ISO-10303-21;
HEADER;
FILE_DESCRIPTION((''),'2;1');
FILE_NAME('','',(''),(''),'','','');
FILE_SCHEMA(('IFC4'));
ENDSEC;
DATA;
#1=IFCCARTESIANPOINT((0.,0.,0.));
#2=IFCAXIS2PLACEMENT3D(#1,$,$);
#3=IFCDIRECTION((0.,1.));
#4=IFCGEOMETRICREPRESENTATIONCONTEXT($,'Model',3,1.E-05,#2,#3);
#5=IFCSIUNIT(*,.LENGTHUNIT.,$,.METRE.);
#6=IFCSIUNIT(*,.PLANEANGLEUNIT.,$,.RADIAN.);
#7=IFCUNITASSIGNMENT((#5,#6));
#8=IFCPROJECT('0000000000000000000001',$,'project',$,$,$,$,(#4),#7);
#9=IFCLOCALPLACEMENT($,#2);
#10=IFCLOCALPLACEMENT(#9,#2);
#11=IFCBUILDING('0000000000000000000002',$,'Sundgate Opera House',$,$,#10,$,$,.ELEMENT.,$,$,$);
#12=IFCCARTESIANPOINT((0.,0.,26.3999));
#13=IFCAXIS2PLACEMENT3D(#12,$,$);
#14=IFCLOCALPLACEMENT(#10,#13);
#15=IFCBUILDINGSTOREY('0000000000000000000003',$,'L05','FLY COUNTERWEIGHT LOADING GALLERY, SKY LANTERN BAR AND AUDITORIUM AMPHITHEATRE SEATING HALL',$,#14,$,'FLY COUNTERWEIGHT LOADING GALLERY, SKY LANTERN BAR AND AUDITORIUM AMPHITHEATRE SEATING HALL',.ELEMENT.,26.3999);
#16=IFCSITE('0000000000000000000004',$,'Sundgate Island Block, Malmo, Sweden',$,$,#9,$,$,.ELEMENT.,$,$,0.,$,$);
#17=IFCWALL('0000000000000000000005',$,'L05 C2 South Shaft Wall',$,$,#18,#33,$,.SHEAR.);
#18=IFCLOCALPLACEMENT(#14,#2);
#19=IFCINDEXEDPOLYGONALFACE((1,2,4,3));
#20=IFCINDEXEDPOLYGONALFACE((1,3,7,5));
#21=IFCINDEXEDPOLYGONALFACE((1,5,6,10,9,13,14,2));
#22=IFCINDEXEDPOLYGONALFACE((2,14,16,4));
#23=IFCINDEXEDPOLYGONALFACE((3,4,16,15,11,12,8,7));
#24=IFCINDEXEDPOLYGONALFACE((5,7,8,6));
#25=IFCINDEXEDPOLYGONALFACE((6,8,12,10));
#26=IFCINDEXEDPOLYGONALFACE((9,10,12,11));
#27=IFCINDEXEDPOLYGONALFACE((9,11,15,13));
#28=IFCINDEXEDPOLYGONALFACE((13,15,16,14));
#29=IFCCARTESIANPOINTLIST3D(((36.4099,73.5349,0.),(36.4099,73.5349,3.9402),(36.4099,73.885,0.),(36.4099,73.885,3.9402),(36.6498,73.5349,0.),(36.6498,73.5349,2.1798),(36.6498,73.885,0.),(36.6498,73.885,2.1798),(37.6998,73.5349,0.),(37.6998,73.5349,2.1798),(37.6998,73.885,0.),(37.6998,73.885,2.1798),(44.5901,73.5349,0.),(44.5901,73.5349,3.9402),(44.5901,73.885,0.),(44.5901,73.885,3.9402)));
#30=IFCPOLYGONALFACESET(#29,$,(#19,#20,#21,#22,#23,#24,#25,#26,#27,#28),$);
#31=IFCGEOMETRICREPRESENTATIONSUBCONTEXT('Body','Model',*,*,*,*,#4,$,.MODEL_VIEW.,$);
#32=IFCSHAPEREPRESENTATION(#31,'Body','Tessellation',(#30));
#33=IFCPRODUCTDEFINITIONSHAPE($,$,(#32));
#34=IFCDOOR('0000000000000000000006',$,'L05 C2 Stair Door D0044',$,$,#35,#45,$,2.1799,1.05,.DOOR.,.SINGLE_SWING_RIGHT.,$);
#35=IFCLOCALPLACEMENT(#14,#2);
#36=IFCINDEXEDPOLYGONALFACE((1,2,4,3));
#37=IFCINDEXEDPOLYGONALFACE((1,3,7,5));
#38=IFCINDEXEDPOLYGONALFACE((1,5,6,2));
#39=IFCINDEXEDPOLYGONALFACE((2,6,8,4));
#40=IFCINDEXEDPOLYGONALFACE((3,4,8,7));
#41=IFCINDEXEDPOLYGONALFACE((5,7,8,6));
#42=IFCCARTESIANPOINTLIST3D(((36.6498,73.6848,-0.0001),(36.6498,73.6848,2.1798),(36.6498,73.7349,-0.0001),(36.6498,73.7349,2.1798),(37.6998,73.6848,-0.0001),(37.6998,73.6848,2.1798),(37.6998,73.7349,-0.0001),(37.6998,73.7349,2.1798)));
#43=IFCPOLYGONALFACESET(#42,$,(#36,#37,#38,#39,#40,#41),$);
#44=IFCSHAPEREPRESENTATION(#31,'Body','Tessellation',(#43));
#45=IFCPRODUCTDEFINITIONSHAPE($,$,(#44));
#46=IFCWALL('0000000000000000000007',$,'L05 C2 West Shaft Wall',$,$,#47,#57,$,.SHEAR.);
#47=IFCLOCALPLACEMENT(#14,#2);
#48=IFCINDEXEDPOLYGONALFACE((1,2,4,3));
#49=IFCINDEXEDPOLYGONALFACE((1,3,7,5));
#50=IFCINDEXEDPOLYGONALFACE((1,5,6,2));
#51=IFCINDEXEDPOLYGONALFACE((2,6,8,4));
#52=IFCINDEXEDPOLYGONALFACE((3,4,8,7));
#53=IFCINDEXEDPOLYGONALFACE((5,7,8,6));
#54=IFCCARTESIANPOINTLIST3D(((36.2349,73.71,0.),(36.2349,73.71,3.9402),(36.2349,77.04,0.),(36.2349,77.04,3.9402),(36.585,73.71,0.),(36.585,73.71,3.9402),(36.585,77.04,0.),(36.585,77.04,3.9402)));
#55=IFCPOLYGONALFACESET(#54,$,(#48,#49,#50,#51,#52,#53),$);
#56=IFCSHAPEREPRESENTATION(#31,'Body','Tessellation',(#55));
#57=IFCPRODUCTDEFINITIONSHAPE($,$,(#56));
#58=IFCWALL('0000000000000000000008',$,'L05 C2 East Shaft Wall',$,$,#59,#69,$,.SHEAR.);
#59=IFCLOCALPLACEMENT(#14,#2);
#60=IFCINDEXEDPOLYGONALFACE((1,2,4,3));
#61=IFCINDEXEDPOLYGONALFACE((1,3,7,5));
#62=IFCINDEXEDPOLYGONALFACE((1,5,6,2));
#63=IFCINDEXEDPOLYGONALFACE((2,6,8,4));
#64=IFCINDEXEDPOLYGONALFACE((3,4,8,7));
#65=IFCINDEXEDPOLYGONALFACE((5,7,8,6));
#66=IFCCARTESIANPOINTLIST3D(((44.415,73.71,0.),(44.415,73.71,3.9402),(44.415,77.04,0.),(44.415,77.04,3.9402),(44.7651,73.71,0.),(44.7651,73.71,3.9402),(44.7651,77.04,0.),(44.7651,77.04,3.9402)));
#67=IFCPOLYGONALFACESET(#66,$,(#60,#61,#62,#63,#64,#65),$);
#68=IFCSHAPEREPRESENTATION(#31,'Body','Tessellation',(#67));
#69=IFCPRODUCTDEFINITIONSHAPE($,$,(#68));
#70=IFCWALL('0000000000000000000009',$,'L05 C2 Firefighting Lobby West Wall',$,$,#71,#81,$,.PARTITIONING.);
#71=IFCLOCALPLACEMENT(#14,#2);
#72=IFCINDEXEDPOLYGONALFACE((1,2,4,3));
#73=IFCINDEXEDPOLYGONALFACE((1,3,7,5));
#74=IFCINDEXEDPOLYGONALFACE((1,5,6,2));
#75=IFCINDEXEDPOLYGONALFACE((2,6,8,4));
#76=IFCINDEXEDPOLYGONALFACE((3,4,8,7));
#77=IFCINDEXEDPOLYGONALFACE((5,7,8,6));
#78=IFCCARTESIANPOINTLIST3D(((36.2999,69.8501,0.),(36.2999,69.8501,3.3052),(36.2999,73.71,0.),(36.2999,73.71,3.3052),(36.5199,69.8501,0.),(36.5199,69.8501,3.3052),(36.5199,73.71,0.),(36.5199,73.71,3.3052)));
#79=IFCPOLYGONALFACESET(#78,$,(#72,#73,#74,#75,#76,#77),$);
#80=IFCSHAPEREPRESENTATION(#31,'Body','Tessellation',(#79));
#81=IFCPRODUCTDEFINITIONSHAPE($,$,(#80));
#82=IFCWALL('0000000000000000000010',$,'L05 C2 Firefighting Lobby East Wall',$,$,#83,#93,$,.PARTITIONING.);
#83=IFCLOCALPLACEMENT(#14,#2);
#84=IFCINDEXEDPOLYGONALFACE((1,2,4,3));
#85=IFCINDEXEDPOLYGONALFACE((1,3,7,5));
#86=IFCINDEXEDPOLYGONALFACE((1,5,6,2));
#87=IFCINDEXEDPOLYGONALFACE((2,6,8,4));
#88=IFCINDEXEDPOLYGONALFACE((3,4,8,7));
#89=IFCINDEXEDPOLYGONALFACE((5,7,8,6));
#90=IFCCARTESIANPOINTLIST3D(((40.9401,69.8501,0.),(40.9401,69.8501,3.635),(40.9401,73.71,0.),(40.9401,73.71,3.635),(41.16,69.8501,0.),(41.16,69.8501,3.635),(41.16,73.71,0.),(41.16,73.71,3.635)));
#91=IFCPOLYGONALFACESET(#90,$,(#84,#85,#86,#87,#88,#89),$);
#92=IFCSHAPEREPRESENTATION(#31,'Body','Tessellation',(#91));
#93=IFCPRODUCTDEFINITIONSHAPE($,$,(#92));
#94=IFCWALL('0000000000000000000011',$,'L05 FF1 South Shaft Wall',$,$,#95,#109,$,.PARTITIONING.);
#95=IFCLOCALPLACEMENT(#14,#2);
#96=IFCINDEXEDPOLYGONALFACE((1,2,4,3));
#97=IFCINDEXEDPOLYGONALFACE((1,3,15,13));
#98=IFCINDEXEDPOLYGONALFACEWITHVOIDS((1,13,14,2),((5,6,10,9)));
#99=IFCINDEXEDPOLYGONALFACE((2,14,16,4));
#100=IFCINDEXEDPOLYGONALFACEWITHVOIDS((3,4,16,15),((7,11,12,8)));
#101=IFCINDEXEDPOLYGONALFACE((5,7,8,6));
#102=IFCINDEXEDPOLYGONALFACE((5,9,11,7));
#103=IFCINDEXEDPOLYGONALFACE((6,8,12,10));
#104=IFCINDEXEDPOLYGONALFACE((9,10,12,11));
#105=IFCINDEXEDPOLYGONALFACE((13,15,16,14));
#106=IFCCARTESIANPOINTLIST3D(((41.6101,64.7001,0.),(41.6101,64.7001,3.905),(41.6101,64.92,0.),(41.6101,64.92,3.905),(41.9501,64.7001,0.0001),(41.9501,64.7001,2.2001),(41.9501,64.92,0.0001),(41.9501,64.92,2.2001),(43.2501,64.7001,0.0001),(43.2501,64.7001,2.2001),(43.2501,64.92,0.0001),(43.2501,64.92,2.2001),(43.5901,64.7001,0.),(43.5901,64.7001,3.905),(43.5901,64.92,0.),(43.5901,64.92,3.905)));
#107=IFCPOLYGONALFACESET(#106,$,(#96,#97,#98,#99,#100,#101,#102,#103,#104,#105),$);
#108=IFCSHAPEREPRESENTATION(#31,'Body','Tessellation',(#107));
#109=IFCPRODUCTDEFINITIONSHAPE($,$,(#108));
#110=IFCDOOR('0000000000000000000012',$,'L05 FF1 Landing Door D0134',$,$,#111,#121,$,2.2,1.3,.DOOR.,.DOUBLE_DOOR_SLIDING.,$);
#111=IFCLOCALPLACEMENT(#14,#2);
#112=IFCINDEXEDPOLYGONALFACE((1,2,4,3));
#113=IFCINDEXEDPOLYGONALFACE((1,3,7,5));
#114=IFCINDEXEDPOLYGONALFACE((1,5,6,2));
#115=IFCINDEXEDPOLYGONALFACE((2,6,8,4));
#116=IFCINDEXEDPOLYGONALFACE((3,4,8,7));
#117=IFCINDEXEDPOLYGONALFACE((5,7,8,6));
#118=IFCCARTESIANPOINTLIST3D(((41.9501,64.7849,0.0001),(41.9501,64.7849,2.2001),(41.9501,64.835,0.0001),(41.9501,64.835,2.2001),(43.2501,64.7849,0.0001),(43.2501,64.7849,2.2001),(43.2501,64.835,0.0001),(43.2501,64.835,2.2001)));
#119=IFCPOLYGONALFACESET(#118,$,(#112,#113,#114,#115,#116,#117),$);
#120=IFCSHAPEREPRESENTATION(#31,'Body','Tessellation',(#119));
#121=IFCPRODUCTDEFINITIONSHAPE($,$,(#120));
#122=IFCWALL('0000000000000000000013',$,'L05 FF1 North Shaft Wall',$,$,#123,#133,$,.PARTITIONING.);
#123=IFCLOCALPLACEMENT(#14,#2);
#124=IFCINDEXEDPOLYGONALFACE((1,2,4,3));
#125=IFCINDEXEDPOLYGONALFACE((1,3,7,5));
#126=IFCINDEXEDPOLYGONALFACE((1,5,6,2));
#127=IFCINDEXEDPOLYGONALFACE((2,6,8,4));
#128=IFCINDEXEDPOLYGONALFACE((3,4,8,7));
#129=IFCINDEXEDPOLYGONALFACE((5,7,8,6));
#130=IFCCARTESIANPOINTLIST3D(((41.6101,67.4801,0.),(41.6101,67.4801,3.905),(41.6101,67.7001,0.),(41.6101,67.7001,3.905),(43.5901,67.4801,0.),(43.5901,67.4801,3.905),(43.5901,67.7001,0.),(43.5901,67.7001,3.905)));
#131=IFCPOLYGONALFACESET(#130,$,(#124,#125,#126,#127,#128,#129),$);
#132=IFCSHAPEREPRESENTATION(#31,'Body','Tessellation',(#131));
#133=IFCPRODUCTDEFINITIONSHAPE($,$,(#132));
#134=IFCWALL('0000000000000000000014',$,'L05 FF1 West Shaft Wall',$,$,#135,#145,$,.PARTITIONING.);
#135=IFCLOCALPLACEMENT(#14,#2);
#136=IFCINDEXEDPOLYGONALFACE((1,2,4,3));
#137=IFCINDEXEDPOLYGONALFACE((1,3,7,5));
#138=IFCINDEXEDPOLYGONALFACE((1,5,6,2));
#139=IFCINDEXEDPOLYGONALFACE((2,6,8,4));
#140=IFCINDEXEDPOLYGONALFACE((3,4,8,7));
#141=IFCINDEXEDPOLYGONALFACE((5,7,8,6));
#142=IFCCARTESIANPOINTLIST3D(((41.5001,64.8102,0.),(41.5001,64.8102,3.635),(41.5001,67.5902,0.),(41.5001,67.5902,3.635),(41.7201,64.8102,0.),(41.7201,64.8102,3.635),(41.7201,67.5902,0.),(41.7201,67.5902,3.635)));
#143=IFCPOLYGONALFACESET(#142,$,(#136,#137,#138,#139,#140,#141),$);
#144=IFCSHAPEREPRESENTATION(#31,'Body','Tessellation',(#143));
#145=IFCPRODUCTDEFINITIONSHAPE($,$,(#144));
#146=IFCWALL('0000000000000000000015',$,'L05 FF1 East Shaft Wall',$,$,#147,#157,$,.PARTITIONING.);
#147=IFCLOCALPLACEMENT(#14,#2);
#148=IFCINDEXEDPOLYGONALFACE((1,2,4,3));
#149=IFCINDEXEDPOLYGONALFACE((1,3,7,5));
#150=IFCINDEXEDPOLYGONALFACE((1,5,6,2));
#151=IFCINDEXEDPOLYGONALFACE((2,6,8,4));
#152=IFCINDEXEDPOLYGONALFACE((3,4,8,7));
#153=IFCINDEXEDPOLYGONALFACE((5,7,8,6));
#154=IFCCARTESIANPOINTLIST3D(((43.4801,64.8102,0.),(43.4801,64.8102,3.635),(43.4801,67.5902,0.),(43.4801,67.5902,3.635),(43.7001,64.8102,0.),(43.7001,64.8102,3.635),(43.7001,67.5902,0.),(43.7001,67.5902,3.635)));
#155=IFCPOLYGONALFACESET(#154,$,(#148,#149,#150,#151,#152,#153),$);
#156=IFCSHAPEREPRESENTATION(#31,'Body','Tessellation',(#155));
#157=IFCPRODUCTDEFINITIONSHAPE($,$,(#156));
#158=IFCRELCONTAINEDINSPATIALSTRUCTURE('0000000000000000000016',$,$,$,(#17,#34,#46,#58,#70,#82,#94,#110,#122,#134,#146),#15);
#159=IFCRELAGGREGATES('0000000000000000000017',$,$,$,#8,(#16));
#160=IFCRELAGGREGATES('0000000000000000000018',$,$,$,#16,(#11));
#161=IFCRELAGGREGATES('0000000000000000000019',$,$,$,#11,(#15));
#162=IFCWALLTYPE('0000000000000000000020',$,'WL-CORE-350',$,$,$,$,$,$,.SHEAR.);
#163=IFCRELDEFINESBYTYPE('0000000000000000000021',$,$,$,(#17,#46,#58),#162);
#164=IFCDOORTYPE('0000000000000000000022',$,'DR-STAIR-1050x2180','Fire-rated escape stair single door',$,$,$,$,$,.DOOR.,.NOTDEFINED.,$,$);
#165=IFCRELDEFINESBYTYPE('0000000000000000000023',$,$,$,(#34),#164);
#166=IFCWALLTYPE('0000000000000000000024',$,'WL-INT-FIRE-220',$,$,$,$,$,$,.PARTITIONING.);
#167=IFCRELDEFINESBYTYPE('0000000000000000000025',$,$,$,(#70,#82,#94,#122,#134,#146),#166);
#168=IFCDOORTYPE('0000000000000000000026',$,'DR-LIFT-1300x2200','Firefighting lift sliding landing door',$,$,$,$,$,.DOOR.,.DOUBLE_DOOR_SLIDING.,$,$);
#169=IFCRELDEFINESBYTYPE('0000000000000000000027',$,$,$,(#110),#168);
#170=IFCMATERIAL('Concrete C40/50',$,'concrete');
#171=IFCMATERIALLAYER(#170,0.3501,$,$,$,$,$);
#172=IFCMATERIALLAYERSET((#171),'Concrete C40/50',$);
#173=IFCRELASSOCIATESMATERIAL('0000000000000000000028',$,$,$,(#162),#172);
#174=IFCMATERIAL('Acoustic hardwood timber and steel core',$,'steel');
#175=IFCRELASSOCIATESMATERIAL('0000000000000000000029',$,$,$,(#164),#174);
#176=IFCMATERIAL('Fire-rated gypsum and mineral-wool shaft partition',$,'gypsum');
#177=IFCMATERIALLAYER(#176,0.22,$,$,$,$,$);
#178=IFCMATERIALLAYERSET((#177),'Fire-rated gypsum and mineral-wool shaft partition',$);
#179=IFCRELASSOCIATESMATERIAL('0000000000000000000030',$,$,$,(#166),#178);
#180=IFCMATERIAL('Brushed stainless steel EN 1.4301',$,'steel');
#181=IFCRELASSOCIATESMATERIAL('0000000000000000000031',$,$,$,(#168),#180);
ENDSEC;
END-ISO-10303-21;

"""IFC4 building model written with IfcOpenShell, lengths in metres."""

from ifc_helpers import new_model, si_unit, direction, frame, frame_2d, origin, place, context, subcontext, project, spatial, rectangle, extrude, material, layer, layer_set, type_object, element, fill, save


model = new_model("IFC4")

# Units and contexts
model_context = context("Model", 3, precision=1e-05, world=origin(), true_north=direction((0.0, 1.0)))
body_context = subcontext(model_context, "Body", "Model", "MODEL_VIEW")
ifc_project = project(units=[si_unit("LENGTHUNIT", "METRE"), si_unit("PLANEANGLEUNIT", "RADIAN")], contexts=[model_context])

# Site, building, storey
site_placement = place(None, origin())
site = spatial("IfcSite", under=ifc_project, at=site_placement, Name="Sundgate Island Block, Malmo, Sweden", CompositionType="ELEMENT", RefElevation=0.0)
building_placement = place(site_placement, origin())
building = spatial("IfcBuilding", under=site, at=building_placement, Name="Sundgate Opera House", CompositionType="ELEMENT")
storey_placement = place(building_placement, frame((0.0, 0.0, 26.3999)))
storey = spatial("IfcBuildingStorey", under=building, at=storey_placement, Name="L05", Description="FLY COUNTERWEIGHT LOADING GALLERY, SKY LANTERN BAR AND AUDITORIUM AMPHITHEATRE SEATING HALL", LongName="FLY COUNTERWEIGHT LOADING GALLERY, SKY LANTERN BAR AND AUDITORIUM AMPHITHEATRE SEATING HALL", CompositionType="ELEMENT", Elevation=26.3999)

# Wall, opening, door
ifc_material_1 = material(Name="Concrete C40/50", Category="concrete")
ifc_layer_1 = layer(ifc_material_1, 0.3501)
ifc_layer_set_1 = layer_set([ifc_layer_1], Name="Concrete C40/50")
wall_type_1 = type_object("IfcWallType", Name="WL-CORE-350", PredefinedType="SHEAR", material=ifc_layer_set_1)
wall_1_placement = place(storey_placement, frame((36.4099, 73.71, 0.0), z_axis=(0.0, 0.0, 1.0), x_axis=(1.0, 0.0, 0.0)))
wall_1 = element("IfcWall", 1, at=wall_1_placement, inside=storey, type_object=wall_type_1, Name="L05 C2 South Shaft Wall", PredefinedType="SHEAR", context=body_context, shape_type="SweptSolid", body=[
    extrude(rectangle(XDim=8.1802, YDim=0.3501, at=frame_2d((4.0901, 0.0))), origin(), (0.0, 0.0, 1.0), 3.9402),
])
opening_1_placement = place(wall_1_placement, frame((0.24, 0.0, 0.0)))
opening_1 = element("IfcOpeningElement", 2, at=opening_1_placement, cuts=wall_1, PredefinedType="OPENING", context=body_context, shape_type="SweptSolid", body=[
    extrude(rectangle(XDim=1.05, YDim=2.1799, at=frame_2d((0.5249, 1.0898))), frame((0.0, 0.1851, 0.0), z_axis=(0.0, -1.0, 0.0), x_axis=(1.0, 0.0, 0.0)), (0.0, 0.0, 1.0), 0.3701),
])
ifc_material_2 = material(Name="Acoustic hardwood timber and steel core", Category="steel")
door_type_1 = type_object("IfcDoorType", Name="DR-STAIR-1050x2180", Description="Fire-rated escape stair single door", OperationType="NOTDEFINED", PredefinedType="DOOR", material=ifc_material_2)
door_1_placement = place(opening_1_placement, origin())
door_1 = element("IfcDoor", 3, at=door_1_placement, inside=storey, type_object=door_type_1, Name="L05 C2 Stair Door D0044", OperationType="SINGLE_SWING_RIGHT", OverallHeight=2.1799, OverallWidth=1.05, PredefinedType="DOOR", context=body_context, shape_type="SweptSolid", body=[
    extrude(rectangle(XDim=1.05, YDim=2.1799, at=frame_2d((0.5249, 1.0898))), frame((0.0, 0.0249, 0.0), z_axis=(0.0, -1.0, 0.0), x_axis=(1.0, 0.0, 0.0)), (0.0, 0.0, 1.0), 0.05),
])
fill(opening_1, door_1)

# Walls
for number, where, z_axis, x_axis, name in (
    (4, (36.4099, 73.71, 0.0), (0.0, 0.0, 1.0), (0.0, 1.0, 0.0), "L05 C2 West Shaft Wall"),
    (5, (44.5901, 73.71, 0.0), (0.0, 0.0, 1.0), (0.0, 1.0, 0.0), "L05 C2 East Shaft Wall"),
):
    element("IfcWall", number, at=place(storey_placement, frame(where, z_axis=z_axis, x_axis=x_axis)), inside=storey, type_object=wall_type_1, Name=name, PredefinedType="SHEAR", context=body_context, shape_type="SweptSolid", body=[
        extrude(rectangle(XDim=3.3301, YDim=0.3501, at=frame_2d((1.665, 0.0))), origin(), (0.0, 0.0, 1.0), 3.9402),
    ])
ifc_material_3 = material(Name="Fire-rated gypsum and mineral-wool shaft partition", Category="gypsum")
ifc_layer_2 = layer(ifc_material_3, 0.22)
ifc_layer_set_2 = layer_set([ifc_layer_2], Name="Fire-rated gypsum and mineral-wool shaft partition")
wall_type_2 = type_object("IfcWallType", Name="WL-INT-FIRE-220", PredefinedType="PARTITIONING", material=ifc_layer_set_2)
wall_2_placement = place(storey_placement, frame((36.4099, 69.8501, 0.0), z_axis=(0.0, 0.0, 1.0), x_axis=(0.0, 1.0, 0.0)))
element("IfcWall", 6, at=wall_2_placement, inside=storey, type_object=wall_type_2, Name="L05 C2 Firefighting Lobby West Wall", PredefinedType="PARTITIONING", context=body_context, shape_type="SweptSolid", body=[
    extrude(rectangle(XDim=3.8599, YDim=0.22, at=frame_2d((1.9299, 0.0))), origin(), (0.0, 0.0, 1.0), 3.3052),
])
wall_3_placement = place(storey_placement, frame((41.05, 69.8501, 0.0), z_axis=(0.0, 0.0, 1.0), x_axis=(0.0, 1.0, 0.0)))
element("IfcWall", 7, at=wall_3_placement, inside=storey, type_object=wall_type_2, Name="L05 C2 Firefighting Lobby East Wall", PredefinedType="PARTITIONING", context=body_context, shape_type="SweptSolid", body=[
    extrude(rectangle(XDim=3.8599, YDim=0.22, at=frame_2d((1.9299, 0.0))), origin(), (0.0, 0.0, 1.0), 3.635),
])

# Wall, opening, door
wall_4_placement = place(storey_placement, frame((41.6101, 64.8101, 0.0), z_axis=(0.0, 0.0, 1.0), x_axis=(1.0, 0.0, 0.0)))
wall_4 = element("IfcWall", 8, at=wall_4_placement, inside=storey, type_object=wall_type_2, Name="L05 FF1 South Shaft Wall", PredefinedType="PARTITIONING", context=body_context, shape_type="SweptSolid", body=[
    extrude(rectangle(XDim=1.98, YDim=0.22, at=frame_2d((0.99, 0.0))), origin(), (0.0, 0.0, 1.0), 3.905),
])
opening_2_placement = place(wall_4_placement, frame((0.3401, 0.0, 0.0)))
opening_2 = element("IfcOpeningElement", 9, at=opening_2_placement, cuts=wall_4, PredefinedType="OPENING", context=body_context, shape_type="SweptSolid", body=[
    extrude(rectangle(XDim=1.3, YDim=2.2, at=frame_2d((0.6499, 1.1001))), frame((0.0, 0.1199, 0.0), z_axis=(0.0, -1.0, 0.0), x_axis=(1.0, 0.0, 0.0)), (0.0, 0.0, 1.0), 0.24),
])
ifc_material_4 = material(Name="Brushed stainless steel EN 1.4301", Category="steel")
door_type_2 = type_object("IfcDoorType", Name="DR-LIFT-1300x2200", Description="Firefighting lift sliding landing door", OperationType="DOUBLE_DOOR_SLIDING", PredefinedType="DOOR", material=ifc_material_4)
door_2_placement = place(opening_2_placement, origin())
door_2 = element("IfcDoor", 10, at=door_2_placement, inside=storey, type_object=door_type_2, Name="L05 FF1 Landing Door D0134", OperationType="DOUBLE_DOOR_SLIDING", OverallHeight=2.2, OverallWidth=1.3, PredefinedType="DOOR", context=body_context, shape_type="SweptSolid", body=[
    extrude(rectangle(XDim=1.3, YDim=2.2, at=frame_2d((0.6499, 1.1001))), frame((0.0, 0.0249, 0.0), z_axis=(0.0, -1.0, 0.0), x_axis=(1.0, 0.0, 0.0)), (0.0, 0.0, 1.0), 0.05),
])
fill(opening_2, door_2)

# Walls
wall_5_placement = place(storey_placement, frame((41.6101, 67.5901, 0.0), z_axis=(0.0, 0.0, 1.0), x_axis=(1.0, 0.0, 0.0)))
element("IfcWall", 11, at=wall_5_placement, inside=storey, type_object=wall_type_2, Name="L05 FF1 North Shaft Wall", PredefinedType="PARTITIONING", context=body_context, shape_type="SweptSolid", body=[
    extrude(rectangle(XDim=1.98, YDim=0.22, at=frame_2d((0.99, 0.0))), origin(), (0.0, 0.0, 1.0), 3.905),
])
for number, where, z_axis, x_axis, name in (
    (12, (41.6101, 64.8101, 0.0), (0.0, 0.0, 1.0), (0.0, 1.0, 0.0), "L05 FF1 West Shaft Wall"),
    (13, (43.5901, 64.8101, 0.0), (0.0, 0.0, 1.0), (0.0, 1.0, 0.0), "L05 FF1 East Shaft Wall"),
):
    element("IfcWall", number, at=place(storey_placement, frame(where, z_axis=z_axis, x_axis=x_axis)), inside=storey, type_object=wall_type_2, Name=name, PredefinedType="PARTITIONING", context=body_context, shape_type="SweptSolid", body=[
        extrude(rectangle(XDim=2.78, YDim=0.22, at=frame_2d((1.3901, 0.0))), origin(), (0.0, 0.0, 1.0), 3.635),
    ])

save(model, "model.ifc")
